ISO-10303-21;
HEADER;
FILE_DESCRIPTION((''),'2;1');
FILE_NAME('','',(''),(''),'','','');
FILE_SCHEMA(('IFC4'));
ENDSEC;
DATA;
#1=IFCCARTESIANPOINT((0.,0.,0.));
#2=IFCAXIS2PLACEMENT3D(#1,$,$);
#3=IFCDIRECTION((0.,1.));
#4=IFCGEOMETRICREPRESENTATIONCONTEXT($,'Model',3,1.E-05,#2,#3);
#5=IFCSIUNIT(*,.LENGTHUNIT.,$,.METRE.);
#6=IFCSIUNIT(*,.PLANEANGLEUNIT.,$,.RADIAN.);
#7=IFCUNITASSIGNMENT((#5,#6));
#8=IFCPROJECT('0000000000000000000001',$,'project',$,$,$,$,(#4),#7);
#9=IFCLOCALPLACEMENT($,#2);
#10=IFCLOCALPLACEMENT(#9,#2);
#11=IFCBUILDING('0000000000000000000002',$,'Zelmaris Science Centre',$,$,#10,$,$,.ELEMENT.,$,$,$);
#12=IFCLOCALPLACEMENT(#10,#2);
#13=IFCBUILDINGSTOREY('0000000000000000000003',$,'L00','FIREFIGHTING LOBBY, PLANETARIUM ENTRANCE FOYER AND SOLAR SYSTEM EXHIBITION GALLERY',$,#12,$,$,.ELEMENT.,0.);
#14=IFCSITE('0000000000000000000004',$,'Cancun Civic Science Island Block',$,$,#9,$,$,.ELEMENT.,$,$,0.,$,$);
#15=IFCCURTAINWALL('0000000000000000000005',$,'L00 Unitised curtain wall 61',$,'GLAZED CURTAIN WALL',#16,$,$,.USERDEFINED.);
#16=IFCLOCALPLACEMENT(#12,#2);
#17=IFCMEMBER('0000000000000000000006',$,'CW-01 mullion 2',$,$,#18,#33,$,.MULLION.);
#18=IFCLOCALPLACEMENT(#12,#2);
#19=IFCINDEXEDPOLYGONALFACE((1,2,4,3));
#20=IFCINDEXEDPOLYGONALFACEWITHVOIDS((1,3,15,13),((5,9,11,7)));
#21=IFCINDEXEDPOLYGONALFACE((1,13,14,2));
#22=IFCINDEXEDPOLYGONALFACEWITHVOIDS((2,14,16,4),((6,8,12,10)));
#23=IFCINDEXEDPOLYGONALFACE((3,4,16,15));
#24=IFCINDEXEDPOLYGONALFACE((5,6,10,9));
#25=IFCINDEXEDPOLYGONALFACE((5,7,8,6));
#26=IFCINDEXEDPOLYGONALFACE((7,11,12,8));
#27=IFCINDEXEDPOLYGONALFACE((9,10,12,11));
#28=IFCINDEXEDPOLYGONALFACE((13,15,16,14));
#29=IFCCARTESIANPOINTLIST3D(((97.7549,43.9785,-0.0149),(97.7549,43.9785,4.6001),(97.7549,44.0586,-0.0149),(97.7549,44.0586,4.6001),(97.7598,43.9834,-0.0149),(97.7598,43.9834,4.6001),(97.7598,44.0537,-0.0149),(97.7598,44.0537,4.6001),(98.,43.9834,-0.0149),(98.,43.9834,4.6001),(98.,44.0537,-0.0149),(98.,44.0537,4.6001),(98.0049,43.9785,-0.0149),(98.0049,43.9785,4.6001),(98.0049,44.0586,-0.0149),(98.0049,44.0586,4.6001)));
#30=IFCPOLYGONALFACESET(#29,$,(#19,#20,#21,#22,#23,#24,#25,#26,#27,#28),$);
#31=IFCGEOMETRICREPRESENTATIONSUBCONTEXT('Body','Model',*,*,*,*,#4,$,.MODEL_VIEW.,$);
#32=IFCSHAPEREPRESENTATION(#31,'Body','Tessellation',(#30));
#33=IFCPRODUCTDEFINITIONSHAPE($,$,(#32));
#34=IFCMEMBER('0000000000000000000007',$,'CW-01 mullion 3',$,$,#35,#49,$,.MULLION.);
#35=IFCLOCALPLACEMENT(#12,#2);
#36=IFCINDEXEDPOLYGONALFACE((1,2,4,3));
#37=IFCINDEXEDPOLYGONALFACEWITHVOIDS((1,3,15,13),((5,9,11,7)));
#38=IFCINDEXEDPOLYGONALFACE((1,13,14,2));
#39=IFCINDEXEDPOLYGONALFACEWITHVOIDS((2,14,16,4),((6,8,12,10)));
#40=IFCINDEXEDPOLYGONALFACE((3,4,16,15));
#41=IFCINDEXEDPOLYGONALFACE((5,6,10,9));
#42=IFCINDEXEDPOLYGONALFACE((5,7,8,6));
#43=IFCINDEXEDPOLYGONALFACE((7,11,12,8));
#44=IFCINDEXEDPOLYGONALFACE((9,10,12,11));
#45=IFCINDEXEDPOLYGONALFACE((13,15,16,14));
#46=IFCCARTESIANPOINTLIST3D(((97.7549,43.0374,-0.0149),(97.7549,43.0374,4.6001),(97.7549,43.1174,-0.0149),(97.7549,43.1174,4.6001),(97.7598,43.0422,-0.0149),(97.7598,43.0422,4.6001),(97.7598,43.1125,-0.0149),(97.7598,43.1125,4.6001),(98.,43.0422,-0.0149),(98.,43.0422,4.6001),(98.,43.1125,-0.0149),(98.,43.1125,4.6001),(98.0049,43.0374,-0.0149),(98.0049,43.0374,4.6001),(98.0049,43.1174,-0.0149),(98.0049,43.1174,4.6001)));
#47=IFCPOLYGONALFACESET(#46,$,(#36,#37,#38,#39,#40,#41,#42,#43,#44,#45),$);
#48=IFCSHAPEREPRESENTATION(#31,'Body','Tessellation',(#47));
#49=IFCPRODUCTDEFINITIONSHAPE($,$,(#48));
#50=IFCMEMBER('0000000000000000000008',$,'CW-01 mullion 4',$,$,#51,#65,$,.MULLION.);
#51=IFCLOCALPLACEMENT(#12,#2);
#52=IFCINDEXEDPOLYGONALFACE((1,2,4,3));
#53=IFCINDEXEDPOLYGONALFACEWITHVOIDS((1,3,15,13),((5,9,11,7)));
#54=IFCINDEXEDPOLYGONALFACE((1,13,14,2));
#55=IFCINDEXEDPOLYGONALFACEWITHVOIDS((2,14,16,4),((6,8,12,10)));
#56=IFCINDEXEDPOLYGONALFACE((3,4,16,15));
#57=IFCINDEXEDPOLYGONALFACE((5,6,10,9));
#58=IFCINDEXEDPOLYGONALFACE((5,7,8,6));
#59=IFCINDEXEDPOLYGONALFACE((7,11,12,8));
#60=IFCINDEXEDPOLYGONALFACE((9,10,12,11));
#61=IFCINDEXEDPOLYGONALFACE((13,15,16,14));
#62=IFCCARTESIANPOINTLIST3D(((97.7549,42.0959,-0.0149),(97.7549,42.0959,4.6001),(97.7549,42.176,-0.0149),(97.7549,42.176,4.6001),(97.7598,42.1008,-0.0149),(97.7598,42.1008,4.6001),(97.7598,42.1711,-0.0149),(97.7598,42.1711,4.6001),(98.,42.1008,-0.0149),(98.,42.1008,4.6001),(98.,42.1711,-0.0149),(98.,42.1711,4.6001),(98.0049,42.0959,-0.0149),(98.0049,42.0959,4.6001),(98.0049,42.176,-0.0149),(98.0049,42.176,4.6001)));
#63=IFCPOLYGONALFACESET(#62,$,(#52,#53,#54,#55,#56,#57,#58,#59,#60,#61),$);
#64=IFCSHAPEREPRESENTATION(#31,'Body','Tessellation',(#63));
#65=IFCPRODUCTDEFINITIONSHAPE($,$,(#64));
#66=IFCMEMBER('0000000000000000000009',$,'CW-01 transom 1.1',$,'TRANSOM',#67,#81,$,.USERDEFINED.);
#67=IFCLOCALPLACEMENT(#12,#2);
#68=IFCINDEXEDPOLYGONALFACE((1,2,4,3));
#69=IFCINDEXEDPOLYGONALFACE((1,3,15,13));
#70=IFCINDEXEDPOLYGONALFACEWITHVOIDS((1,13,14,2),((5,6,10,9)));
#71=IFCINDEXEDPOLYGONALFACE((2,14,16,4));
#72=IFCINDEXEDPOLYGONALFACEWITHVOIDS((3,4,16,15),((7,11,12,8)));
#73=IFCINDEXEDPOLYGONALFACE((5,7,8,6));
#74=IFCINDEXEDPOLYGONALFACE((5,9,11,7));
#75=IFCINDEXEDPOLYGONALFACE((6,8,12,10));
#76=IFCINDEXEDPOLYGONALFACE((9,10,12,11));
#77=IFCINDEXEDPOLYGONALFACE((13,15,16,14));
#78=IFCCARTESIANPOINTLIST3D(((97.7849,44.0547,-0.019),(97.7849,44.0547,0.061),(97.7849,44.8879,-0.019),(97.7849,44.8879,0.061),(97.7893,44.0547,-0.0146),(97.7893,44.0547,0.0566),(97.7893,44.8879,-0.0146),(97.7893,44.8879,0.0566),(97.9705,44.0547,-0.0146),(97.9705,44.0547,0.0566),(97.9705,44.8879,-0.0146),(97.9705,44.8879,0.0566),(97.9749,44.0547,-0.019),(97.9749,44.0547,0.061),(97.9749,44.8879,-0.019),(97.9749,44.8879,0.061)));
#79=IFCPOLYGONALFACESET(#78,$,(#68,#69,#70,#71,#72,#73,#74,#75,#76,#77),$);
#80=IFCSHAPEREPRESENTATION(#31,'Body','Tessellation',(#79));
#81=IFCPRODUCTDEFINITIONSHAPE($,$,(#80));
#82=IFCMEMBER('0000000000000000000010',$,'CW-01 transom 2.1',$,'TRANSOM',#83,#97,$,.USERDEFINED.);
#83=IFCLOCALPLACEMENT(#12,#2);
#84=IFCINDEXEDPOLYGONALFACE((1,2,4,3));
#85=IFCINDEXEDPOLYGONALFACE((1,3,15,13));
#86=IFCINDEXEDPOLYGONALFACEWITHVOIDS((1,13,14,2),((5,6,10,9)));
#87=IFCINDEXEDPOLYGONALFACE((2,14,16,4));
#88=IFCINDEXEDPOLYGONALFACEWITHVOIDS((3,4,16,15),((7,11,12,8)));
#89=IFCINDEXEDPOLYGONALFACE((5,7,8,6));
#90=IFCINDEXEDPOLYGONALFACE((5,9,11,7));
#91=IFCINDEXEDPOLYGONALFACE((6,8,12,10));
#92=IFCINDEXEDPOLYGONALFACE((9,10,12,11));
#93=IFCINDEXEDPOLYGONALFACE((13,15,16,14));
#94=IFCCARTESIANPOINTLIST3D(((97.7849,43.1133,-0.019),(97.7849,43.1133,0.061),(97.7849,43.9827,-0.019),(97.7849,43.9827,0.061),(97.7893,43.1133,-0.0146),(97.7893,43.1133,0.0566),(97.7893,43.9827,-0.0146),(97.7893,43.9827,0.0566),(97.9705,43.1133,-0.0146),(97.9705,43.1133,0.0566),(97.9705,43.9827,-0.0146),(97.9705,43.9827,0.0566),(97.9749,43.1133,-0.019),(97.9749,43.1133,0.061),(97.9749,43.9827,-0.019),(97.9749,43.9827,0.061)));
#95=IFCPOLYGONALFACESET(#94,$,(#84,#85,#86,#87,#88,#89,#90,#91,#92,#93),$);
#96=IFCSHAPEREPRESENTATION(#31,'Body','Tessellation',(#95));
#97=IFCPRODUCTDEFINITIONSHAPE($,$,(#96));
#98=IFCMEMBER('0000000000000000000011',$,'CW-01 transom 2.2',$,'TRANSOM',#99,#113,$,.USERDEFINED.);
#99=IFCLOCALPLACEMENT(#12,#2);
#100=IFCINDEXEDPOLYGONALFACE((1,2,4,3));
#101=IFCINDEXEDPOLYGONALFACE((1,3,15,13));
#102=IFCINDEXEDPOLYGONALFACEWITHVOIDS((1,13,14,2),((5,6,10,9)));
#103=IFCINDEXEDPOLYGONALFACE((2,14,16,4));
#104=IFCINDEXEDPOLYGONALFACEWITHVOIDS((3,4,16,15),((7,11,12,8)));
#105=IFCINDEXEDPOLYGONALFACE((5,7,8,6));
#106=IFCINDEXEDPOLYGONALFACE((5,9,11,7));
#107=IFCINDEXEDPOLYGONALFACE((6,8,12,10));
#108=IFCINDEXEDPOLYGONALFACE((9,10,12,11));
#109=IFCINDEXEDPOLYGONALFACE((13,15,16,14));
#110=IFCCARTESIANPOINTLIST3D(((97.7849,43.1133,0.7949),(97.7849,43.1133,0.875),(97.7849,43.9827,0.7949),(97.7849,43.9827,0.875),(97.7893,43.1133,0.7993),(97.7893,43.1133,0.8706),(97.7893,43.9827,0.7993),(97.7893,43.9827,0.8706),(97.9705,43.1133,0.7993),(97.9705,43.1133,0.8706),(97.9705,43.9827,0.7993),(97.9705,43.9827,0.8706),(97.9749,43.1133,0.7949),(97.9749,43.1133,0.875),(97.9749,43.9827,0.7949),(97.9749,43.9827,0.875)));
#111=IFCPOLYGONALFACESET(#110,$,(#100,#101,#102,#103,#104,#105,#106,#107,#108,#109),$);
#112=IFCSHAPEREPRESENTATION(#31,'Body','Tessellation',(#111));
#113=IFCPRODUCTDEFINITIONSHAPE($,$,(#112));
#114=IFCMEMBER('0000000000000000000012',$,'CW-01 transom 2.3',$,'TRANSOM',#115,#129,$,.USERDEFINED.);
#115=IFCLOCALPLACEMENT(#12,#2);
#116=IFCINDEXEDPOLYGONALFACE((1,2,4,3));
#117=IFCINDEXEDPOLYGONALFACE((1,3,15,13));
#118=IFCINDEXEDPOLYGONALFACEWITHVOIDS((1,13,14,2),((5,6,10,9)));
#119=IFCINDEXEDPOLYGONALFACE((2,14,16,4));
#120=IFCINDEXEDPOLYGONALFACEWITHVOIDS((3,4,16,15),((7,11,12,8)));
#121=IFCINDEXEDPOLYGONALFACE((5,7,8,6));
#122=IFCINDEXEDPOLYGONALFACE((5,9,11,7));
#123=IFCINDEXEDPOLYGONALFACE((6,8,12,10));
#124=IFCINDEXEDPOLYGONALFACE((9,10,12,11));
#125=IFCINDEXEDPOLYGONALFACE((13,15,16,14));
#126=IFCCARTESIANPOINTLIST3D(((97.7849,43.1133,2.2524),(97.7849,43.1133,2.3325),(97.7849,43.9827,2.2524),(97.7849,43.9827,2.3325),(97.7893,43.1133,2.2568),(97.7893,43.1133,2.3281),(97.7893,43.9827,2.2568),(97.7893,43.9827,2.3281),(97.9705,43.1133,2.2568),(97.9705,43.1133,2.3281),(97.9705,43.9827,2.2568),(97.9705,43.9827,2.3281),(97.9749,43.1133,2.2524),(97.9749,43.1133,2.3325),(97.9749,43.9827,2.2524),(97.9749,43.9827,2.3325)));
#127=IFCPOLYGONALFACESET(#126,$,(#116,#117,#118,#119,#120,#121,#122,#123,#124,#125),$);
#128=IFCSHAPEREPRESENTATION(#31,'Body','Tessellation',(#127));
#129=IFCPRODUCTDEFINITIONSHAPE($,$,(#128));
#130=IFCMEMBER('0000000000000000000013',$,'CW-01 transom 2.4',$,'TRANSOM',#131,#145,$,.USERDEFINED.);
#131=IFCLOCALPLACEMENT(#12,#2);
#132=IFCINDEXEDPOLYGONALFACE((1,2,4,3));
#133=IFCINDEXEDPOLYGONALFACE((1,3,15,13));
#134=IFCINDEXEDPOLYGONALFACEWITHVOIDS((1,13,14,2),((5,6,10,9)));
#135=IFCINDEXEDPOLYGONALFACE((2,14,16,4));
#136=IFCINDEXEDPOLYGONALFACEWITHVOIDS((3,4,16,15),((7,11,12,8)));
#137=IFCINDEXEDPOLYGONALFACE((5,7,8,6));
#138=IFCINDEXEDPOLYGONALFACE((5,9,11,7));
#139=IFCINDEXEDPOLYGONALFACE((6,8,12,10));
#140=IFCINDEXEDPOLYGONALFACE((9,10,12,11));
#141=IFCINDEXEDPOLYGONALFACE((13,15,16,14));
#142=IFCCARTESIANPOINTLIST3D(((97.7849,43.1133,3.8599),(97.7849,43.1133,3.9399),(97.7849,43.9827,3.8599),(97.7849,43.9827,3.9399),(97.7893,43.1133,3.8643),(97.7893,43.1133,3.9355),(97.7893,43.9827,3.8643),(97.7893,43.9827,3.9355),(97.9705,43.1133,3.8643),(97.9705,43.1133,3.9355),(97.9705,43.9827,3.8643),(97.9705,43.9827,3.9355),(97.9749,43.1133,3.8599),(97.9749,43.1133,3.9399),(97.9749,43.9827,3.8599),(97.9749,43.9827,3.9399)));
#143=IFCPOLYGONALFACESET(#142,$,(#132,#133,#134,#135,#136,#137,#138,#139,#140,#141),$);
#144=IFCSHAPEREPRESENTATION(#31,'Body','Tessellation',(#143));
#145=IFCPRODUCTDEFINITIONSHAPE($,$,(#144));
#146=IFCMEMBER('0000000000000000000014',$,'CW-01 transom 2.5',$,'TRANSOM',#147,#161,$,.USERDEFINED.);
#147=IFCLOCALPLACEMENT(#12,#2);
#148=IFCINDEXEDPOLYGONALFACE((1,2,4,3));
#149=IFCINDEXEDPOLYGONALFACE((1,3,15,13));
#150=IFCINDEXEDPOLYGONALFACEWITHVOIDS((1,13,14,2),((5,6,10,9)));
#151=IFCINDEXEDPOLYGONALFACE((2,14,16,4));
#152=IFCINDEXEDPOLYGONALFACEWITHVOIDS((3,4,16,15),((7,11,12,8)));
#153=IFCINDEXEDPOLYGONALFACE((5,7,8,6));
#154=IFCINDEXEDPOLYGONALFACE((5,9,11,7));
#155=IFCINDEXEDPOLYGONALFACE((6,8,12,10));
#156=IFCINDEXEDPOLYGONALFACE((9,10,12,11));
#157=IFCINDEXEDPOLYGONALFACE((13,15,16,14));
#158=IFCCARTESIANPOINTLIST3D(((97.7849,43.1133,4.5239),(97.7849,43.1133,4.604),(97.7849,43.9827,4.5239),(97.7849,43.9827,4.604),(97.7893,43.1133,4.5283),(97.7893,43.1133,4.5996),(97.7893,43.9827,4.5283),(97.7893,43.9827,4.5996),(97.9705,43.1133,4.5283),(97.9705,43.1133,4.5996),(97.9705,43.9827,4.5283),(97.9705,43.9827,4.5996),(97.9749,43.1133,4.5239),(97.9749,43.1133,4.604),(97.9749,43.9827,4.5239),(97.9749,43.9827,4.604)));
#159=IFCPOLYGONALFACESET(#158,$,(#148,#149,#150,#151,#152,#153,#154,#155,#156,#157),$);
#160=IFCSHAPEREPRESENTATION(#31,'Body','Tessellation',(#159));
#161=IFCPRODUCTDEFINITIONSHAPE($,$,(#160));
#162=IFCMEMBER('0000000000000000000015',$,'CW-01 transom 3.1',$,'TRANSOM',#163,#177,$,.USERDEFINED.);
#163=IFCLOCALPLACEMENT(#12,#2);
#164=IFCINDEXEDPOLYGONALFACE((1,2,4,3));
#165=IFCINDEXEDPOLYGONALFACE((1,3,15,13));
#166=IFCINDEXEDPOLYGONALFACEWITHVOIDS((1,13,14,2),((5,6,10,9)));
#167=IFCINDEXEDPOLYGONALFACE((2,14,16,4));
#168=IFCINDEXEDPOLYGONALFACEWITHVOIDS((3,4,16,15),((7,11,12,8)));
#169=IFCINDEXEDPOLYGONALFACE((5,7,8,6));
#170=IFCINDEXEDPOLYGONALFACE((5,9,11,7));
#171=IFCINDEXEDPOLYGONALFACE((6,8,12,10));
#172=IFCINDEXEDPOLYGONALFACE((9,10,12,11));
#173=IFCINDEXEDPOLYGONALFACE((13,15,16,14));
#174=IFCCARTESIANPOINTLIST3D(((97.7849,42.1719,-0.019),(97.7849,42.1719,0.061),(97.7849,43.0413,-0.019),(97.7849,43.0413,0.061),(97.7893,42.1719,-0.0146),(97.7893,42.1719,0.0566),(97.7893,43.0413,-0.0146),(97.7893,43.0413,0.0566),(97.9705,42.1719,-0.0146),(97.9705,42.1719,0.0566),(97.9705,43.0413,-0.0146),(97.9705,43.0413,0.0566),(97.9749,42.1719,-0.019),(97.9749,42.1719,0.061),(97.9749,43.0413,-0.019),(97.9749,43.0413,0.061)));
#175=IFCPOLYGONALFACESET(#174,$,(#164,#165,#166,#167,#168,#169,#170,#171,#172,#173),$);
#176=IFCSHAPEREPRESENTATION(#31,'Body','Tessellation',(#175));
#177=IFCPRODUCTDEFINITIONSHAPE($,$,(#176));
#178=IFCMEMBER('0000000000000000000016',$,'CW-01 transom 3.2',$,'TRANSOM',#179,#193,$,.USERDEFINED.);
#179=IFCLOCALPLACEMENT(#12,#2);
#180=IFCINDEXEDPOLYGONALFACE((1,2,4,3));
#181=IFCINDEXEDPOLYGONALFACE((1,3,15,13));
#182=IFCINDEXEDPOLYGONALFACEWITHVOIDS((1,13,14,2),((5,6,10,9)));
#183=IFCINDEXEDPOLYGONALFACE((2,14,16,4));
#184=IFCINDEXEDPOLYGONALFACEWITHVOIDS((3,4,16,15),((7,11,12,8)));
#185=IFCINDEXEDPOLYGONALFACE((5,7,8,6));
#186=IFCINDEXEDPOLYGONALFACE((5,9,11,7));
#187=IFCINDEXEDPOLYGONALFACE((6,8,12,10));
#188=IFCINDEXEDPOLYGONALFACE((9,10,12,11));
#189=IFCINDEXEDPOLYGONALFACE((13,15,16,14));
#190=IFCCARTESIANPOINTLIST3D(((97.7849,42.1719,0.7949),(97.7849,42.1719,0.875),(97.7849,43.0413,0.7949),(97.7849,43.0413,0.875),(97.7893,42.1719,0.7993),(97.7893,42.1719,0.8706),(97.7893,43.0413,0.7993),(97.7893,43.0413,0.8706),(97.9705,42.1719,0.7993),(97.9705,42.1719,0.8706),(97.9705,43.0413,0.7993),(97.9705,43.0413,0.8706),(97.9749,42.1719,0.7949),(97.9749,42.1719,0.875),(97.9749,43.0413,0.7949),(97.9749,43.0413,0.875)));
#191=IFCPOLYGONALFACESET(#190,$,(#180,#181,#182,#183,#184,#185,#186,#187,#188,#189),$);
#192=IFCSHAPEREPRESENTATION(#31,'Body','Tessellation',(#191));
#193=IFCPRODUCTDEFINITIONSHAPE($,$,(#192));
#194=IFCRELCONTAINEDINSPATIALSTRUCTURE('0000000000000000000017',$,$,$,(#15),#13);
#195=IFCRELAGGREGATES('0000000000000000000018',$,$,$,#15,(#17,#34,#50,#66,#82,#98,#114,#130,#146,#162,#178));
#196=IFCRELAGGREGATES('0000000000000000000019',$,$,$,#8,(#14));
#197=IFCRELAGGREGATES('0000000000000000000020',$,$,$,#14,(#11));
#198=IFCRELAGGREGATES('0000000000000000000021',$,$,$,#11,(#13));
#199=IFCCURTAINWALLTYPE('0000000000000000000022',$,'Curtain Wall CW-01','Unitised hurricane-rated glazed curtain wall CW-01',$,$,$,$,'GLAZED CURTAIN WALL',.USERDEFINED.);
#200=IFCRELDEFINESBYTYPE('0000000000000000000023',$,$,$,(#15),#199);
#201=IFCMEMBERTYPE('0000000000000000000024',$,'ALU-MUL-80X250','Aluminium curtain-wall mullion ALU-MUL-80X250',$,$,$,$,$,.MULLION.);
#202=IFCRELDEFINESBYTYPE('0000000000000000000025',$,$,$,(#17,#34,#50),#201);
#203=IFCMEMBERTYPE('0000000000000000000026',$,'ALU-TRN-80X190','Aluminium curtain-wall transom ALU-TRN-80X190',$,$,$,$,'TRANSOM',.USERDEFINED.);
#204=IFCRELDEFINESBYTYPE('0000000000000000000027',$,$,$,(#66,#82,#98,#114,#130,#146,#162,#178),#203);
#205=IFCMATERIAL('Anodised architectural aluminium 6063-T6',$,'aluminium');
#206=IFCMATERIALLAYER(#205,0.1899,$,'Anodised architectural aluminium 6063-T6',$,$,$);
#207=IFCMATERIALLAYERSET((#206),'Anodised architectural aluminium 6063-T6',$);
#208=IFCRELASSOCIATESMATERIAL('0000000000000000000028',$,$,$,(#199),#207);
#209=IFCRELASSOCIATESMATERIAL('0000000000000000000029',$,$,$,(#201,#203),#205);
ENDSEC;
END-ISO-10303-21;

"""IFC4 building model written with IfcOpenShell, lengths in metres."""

from ifc_helpers import new_model, si_unit, direction, frame, origin, origin_2d, place, context, subcontext, project, spatial, hollow_rectangle, extrude, material, layer, layer_set, material_profile, profile_set, type_object, element, aggregate, save


model = new_model("IFC4")

# Units and contexts
model_context = context("Model", 3, precision=1e-05, world=origin(), true_north=direction((0.0, 1.0)))
body_context = subcontext(model_context, "Body", "Model", "MODEL_VIEW")
ifc_project = project(units=[si_unit("LENGTHUNIT", "METRE"), si_unit("PLANEANGLEUNIT", "RADIAN")], contexts=[model_context])

# Site, building, storey
site_placement = place(None, origin())
site = spatial("IfcSite", under=ifc_project, at=site_placement, Name="Cancun Civic Science Island Block", CompositionType="ELEMENT", RefElevation=0.0)
building_placement = place(site_placement, origin())
building = spatial("IfcBuilding", under=site, at=building_placement, Name="Zelmaris Science Centre", CompositionType="ELEMENT")
storey_placement = place(building_placement, origin())
storey = spatial("IfcBuildingStorey", under=building, at=storey_placement, Name="L00", Description="FIREFIGHTING LOBBY, PLANETARIUM ENTRANCE FOYER AND SOLAR SYSTEM EXHIBITION GALLERY", CompositionType="ELEMENT", Elevation=0.0)

# Curtain wall, members
ifc_material_1 = material(Name="Anodised architectural aluminium 6063-T6", Category="aluminium")
ifc_layer_1 = layer(ifc_material_1, 0.1899, Name="Anodised architectural aluminium 6063-T6")
ifc_layer_set_1 = layer_set([ifc_layer_1], Name="Anodised architectural aluminium 6063-T6")
curtain_wall_type = type_object("IfcCurtainWallType", Name="Curtain Wall CW-01", Description="Unitised hurricane-rated glazed curtain wall CW-01", ElementType="GLAZED CURTAIN WALL", PredefinedType="USERDEFINED", material=ifc_layer_set_1)
curtain_wall_placement = place(storey_placement, origin())
curtain_wall = element("IfcCurtainWall", 1, at=curtain_wall_placement, inside=storey, type_object=curtain_wall_type, Name="L00 Unitised curtain wall 61", ObjectType="GLAZED CURTAIN WALL", PredefinedType="USERDEFINED")
ifc_material_profile_1 = material_profile(ifc_material_1, hollow_rectangle(XDim=0.0801, YDim=0.25, WallThickness=0.0049, at=origin_2d()), Name="ALU-MUL-80X250")
ifc_profile_set_1 = profile_set([ifc_material_profile_1], Name="Anodised architectural aluminium 6063-T6")
member_type_1 = type_object("IfcMemberType", Name="ALU-MUL-80X250", Description="Aluminium curtain-wall mullion ALU-MUL-80X250", PredefinedType="MULLION", material=ifc_profile_set_1)
member_1_placement = place(storey_placement, frame((97.8799, 44.0186, -0.0149), z_axis=(0.0, 0.0, 1.0), x_axis=(0.000005, -1.0, 0.0)))
member_1 = element("IfcMember", 2, at=member_1_placement, type_object=member_type_1, Name="CW-01 mullion 2", PredefinedType="MULLION", context=body_context, shape_type="SweptSolid", body=[
    extrude(hollow_rectangle(XDim=0.0801, YDim=0.25, WallThickness=0.0049, at=origin_2d()), origin(), (0.0, 0.0, 1.0), 4.615),
])
member_2_placement = place(storey_placement, frame((97.8799, 43.0774, -0.0149), z_axis=(0.0, 0.0, 1.0), x_axis=(0.000005, -1.0, 0.0)))
member_2 = element("IfcMember", 3, at=member_2_placement, type_object=member_type_1, Name="CW-01 mullion 3", PredefinedType="MULLION", context=body_context, shape_type="SweptSolid", body=[
    extrude(hollow_rectangle(XDim=0.0801, YDim=0.25, WallThickness=0.0049, at=origin_2d()), origin(), (0.0, 0.0, 1.0), 4.615),
])
member_3_placement = place(storey_placement, frame((97.8799, 42.136, -0.0149), z_axis=(0.0, 0.0, 1.0), x_axis=(0.000005, -1.0, 0.0)))
member_3 = element("IfcMember", 4, at=member_3_placement, type_object=member_type_1, Name="CW-01 mullion 4", PredefinedType="MULLION", context=body_context, shape_type="SweptSolid", body=[
    extrude(hollow_rectangle(XDim=0.0801, YDim=0.25, WallThickness=0.0049, at=origin_2d()), origin(), (0.0, 0.0, 1.0), 4.615),
])
ifc_material_profile_2 = material_profile(ifc_material_1, hollow_rectangle(XDim=0.0801, YDim=0.1899, WallThickness=0.0044, at=origin_2d()), Name="ALU-TRN-80X190")
ifc_profile_set_2 = profile_set([ifc_material_profile_2], Name="Anodised architectural aluminium 6063-T6")
member_type_2 = type_object("IfcMemberType", Name="ALU-TRN-80X190", Description="Aluminium curtain-wall transom ALU-TRN-80X190", ElementType="TRANSOM", PredefinedType="USERDEFINED", material=ifc_profile_set_2)
member_4_placement = place(storey_placement, frame((97.8799, 44.8879, 0.021), z_axis=(0.0, -1.0, 0.0), x_axis=(0.0, 0.0, 1.0)))
member_4 = element("IfcMember", 5, at=member_4_placement, type_object=member_type_2, Name="CW-01 transom 1.1", ObjectType="TRANSOM", PredefinedType="USERDEFINED", context=body_context, shape_type="SweptSolid", body=[
    extrude(hollow_rectangle(XDim=0.0801, YDim=0.1899, WallThickness=0.0044, at=origin_2d()), origin(), (0.0, 0.0, 1.0), 0.8333),
])
member_5_placement = place(storey_placement, frame((97.8799, 43.9827, 0.021), z_axis=(0.0, -1.0, 0.0), x_axis=(0.0, 0.0, 1.0)))
member_5 = element("IfcMember", 6, at=member_5_placement, type_object=member_type_2, Name="CW-01 transom 2.1", ObjectType="TRANSOM", PredefinedType="USERDEFINED", context=body_context, shape_type="SweptSolid", body=[
    extrude(hollow_rectangle(XDim=0.0801, YDim=0.1899, WallThickness=0.0044, at=origin_2d()), origin(), (0.0, 0.0, 1.0), 0.8694),
])
member_6_placement = place(storey_placement, frame((97.8799, 43.9827, 0.835), z_axis=(0.0, -1.0, 0.0), x_axis=(0.0, 0.0, 1.0)))
member_6 = element("IfcMember", 7, at=member_6_placement, type_object=member_type_2, Name="CW-01 transom 2.2", ObjectType="TRANSOM", PredefinedType="USERDEFINED", context=body_context, shape_type="SweptSolid", body=[
    extrude(hollow_rectangle(XDim=0.0801, YDim=0.1899, WallThickness=0.0044, at=origin_2d()), origin(), (0.0, 0.0, 1.0), 0.8694),
])
member_7_placement = place(storey_placement, frame((97.8799, 43.9827, 2.2925), z_axis=(0.0, -1.0, 0.0), x_axis=(0.0, 0.0, 1.0)))
member_7 = element("IfcMember", 8, at=member_7_placement, type_object=member_type_2, Name="CW-01 transom 2.3", ObjectType="TRANSOM", PredefinedType="USERDEFINED", context=body_context, shape_type="SweptSolid", body=[
    extrude(hollow_rectangle(XDim=0.0801, YDim=0.1899, WallThickness=0.0044, at=origin_2d()), origin(), (0.0, 0.0, 1.0), 0.8694),
])
member_8_placement = place(storey_placement, frame((97.8799, 43.9827, 3.8999), z_axis=(0.0, -1.0, 0.0), x_axis=(0.0, 0.0, 1.0)))
member_8 = element("IfcMember", 9, at=member_8_placement, type_object=member_type_2, Name="CW-01 transom 2.4", ObjectType="TRANSOM", PredefinedType="USERDEFINED", context=body_context, shape_type="SweptSolid", body=[
    extrude(hollow_rectangle(XDim=0.0801, YDim=0.1899, WallThickness=0.0044, at=origin_2d()), origin(), (0.0, 0.0, 1.0), 0.8694),
])
member_9_placement = place(storey_placement, frame((97.8799, 43.9827, 4.564), z_axis=(0.0, -1.0, 0.0), x_axis=(0.0, 0.0, 1.0)))
member_9 = element("IfcMember", 10, at=member_9_placement, type_object=member_type_2, Name="CW-01 transom 2.5", ObjectType="TRANSOM", PredefinedType="USERDEFINED", context=body_context, shape_type="SweptSolid", body=[
    extrude(hollow_rectangle(XDim=0.0801, YDim=0.1899, WallThickness=0.0044, at=origin_2d()), origin(), (0.0, 0.0, 1.0), 0.8694),
])
member_10_placement = place(storey_placement, frame((97.8799, 43.0413, 0.021), z_axis=(0.0, -1.0, 0.0), x_axis=(0.0, 0.0, 1.0)))
member_10 = element("IfcMember", 11, at=member_10_placement, type_object=member_type_2, Name="CW-01 transom 3.1", ObjectType="TRANSOM", PredefinedType="USERDEFINED", context=body_context, shape_type="SweptSolid", body=[
    extrude(hollow_rectangle(XDim=0.0801, YDim=0.1899, WallThickness=0.0044, at=origin_2d()), origin(), (0.0, 0.0, 1.0), 0.8694),
])
member_11_placement = place(storey_placement, frame((97.8799, 43.0413, 0.835), z_axis=(0.0, -1.0, 0.0), x_axis=(0.0, 0.0, 1.0)))
member_11 = element("IfcMember", 12, at=member_11_placement, type_object=member_type_2, Name="CW-01 transom 3.2", ObjectType="TRANSOM", PredefinedType="USERDEFINED", context=body_context, shape_type="SweptSolid", body=[
    extrude(hollow_rectangle(XDim=0.0801, YDim=0.1899, WallThickness=0.0044, at=origin_2d()), origin(), (0.0, 0.0, 1.0), 0.8694),
])
aggregate(curtain_wall, [member_1, member_2, member_3, member_4, member_5, member_6, member_7, member_8, member_9, member_10, member_11])

save(model, "model.ifc")
